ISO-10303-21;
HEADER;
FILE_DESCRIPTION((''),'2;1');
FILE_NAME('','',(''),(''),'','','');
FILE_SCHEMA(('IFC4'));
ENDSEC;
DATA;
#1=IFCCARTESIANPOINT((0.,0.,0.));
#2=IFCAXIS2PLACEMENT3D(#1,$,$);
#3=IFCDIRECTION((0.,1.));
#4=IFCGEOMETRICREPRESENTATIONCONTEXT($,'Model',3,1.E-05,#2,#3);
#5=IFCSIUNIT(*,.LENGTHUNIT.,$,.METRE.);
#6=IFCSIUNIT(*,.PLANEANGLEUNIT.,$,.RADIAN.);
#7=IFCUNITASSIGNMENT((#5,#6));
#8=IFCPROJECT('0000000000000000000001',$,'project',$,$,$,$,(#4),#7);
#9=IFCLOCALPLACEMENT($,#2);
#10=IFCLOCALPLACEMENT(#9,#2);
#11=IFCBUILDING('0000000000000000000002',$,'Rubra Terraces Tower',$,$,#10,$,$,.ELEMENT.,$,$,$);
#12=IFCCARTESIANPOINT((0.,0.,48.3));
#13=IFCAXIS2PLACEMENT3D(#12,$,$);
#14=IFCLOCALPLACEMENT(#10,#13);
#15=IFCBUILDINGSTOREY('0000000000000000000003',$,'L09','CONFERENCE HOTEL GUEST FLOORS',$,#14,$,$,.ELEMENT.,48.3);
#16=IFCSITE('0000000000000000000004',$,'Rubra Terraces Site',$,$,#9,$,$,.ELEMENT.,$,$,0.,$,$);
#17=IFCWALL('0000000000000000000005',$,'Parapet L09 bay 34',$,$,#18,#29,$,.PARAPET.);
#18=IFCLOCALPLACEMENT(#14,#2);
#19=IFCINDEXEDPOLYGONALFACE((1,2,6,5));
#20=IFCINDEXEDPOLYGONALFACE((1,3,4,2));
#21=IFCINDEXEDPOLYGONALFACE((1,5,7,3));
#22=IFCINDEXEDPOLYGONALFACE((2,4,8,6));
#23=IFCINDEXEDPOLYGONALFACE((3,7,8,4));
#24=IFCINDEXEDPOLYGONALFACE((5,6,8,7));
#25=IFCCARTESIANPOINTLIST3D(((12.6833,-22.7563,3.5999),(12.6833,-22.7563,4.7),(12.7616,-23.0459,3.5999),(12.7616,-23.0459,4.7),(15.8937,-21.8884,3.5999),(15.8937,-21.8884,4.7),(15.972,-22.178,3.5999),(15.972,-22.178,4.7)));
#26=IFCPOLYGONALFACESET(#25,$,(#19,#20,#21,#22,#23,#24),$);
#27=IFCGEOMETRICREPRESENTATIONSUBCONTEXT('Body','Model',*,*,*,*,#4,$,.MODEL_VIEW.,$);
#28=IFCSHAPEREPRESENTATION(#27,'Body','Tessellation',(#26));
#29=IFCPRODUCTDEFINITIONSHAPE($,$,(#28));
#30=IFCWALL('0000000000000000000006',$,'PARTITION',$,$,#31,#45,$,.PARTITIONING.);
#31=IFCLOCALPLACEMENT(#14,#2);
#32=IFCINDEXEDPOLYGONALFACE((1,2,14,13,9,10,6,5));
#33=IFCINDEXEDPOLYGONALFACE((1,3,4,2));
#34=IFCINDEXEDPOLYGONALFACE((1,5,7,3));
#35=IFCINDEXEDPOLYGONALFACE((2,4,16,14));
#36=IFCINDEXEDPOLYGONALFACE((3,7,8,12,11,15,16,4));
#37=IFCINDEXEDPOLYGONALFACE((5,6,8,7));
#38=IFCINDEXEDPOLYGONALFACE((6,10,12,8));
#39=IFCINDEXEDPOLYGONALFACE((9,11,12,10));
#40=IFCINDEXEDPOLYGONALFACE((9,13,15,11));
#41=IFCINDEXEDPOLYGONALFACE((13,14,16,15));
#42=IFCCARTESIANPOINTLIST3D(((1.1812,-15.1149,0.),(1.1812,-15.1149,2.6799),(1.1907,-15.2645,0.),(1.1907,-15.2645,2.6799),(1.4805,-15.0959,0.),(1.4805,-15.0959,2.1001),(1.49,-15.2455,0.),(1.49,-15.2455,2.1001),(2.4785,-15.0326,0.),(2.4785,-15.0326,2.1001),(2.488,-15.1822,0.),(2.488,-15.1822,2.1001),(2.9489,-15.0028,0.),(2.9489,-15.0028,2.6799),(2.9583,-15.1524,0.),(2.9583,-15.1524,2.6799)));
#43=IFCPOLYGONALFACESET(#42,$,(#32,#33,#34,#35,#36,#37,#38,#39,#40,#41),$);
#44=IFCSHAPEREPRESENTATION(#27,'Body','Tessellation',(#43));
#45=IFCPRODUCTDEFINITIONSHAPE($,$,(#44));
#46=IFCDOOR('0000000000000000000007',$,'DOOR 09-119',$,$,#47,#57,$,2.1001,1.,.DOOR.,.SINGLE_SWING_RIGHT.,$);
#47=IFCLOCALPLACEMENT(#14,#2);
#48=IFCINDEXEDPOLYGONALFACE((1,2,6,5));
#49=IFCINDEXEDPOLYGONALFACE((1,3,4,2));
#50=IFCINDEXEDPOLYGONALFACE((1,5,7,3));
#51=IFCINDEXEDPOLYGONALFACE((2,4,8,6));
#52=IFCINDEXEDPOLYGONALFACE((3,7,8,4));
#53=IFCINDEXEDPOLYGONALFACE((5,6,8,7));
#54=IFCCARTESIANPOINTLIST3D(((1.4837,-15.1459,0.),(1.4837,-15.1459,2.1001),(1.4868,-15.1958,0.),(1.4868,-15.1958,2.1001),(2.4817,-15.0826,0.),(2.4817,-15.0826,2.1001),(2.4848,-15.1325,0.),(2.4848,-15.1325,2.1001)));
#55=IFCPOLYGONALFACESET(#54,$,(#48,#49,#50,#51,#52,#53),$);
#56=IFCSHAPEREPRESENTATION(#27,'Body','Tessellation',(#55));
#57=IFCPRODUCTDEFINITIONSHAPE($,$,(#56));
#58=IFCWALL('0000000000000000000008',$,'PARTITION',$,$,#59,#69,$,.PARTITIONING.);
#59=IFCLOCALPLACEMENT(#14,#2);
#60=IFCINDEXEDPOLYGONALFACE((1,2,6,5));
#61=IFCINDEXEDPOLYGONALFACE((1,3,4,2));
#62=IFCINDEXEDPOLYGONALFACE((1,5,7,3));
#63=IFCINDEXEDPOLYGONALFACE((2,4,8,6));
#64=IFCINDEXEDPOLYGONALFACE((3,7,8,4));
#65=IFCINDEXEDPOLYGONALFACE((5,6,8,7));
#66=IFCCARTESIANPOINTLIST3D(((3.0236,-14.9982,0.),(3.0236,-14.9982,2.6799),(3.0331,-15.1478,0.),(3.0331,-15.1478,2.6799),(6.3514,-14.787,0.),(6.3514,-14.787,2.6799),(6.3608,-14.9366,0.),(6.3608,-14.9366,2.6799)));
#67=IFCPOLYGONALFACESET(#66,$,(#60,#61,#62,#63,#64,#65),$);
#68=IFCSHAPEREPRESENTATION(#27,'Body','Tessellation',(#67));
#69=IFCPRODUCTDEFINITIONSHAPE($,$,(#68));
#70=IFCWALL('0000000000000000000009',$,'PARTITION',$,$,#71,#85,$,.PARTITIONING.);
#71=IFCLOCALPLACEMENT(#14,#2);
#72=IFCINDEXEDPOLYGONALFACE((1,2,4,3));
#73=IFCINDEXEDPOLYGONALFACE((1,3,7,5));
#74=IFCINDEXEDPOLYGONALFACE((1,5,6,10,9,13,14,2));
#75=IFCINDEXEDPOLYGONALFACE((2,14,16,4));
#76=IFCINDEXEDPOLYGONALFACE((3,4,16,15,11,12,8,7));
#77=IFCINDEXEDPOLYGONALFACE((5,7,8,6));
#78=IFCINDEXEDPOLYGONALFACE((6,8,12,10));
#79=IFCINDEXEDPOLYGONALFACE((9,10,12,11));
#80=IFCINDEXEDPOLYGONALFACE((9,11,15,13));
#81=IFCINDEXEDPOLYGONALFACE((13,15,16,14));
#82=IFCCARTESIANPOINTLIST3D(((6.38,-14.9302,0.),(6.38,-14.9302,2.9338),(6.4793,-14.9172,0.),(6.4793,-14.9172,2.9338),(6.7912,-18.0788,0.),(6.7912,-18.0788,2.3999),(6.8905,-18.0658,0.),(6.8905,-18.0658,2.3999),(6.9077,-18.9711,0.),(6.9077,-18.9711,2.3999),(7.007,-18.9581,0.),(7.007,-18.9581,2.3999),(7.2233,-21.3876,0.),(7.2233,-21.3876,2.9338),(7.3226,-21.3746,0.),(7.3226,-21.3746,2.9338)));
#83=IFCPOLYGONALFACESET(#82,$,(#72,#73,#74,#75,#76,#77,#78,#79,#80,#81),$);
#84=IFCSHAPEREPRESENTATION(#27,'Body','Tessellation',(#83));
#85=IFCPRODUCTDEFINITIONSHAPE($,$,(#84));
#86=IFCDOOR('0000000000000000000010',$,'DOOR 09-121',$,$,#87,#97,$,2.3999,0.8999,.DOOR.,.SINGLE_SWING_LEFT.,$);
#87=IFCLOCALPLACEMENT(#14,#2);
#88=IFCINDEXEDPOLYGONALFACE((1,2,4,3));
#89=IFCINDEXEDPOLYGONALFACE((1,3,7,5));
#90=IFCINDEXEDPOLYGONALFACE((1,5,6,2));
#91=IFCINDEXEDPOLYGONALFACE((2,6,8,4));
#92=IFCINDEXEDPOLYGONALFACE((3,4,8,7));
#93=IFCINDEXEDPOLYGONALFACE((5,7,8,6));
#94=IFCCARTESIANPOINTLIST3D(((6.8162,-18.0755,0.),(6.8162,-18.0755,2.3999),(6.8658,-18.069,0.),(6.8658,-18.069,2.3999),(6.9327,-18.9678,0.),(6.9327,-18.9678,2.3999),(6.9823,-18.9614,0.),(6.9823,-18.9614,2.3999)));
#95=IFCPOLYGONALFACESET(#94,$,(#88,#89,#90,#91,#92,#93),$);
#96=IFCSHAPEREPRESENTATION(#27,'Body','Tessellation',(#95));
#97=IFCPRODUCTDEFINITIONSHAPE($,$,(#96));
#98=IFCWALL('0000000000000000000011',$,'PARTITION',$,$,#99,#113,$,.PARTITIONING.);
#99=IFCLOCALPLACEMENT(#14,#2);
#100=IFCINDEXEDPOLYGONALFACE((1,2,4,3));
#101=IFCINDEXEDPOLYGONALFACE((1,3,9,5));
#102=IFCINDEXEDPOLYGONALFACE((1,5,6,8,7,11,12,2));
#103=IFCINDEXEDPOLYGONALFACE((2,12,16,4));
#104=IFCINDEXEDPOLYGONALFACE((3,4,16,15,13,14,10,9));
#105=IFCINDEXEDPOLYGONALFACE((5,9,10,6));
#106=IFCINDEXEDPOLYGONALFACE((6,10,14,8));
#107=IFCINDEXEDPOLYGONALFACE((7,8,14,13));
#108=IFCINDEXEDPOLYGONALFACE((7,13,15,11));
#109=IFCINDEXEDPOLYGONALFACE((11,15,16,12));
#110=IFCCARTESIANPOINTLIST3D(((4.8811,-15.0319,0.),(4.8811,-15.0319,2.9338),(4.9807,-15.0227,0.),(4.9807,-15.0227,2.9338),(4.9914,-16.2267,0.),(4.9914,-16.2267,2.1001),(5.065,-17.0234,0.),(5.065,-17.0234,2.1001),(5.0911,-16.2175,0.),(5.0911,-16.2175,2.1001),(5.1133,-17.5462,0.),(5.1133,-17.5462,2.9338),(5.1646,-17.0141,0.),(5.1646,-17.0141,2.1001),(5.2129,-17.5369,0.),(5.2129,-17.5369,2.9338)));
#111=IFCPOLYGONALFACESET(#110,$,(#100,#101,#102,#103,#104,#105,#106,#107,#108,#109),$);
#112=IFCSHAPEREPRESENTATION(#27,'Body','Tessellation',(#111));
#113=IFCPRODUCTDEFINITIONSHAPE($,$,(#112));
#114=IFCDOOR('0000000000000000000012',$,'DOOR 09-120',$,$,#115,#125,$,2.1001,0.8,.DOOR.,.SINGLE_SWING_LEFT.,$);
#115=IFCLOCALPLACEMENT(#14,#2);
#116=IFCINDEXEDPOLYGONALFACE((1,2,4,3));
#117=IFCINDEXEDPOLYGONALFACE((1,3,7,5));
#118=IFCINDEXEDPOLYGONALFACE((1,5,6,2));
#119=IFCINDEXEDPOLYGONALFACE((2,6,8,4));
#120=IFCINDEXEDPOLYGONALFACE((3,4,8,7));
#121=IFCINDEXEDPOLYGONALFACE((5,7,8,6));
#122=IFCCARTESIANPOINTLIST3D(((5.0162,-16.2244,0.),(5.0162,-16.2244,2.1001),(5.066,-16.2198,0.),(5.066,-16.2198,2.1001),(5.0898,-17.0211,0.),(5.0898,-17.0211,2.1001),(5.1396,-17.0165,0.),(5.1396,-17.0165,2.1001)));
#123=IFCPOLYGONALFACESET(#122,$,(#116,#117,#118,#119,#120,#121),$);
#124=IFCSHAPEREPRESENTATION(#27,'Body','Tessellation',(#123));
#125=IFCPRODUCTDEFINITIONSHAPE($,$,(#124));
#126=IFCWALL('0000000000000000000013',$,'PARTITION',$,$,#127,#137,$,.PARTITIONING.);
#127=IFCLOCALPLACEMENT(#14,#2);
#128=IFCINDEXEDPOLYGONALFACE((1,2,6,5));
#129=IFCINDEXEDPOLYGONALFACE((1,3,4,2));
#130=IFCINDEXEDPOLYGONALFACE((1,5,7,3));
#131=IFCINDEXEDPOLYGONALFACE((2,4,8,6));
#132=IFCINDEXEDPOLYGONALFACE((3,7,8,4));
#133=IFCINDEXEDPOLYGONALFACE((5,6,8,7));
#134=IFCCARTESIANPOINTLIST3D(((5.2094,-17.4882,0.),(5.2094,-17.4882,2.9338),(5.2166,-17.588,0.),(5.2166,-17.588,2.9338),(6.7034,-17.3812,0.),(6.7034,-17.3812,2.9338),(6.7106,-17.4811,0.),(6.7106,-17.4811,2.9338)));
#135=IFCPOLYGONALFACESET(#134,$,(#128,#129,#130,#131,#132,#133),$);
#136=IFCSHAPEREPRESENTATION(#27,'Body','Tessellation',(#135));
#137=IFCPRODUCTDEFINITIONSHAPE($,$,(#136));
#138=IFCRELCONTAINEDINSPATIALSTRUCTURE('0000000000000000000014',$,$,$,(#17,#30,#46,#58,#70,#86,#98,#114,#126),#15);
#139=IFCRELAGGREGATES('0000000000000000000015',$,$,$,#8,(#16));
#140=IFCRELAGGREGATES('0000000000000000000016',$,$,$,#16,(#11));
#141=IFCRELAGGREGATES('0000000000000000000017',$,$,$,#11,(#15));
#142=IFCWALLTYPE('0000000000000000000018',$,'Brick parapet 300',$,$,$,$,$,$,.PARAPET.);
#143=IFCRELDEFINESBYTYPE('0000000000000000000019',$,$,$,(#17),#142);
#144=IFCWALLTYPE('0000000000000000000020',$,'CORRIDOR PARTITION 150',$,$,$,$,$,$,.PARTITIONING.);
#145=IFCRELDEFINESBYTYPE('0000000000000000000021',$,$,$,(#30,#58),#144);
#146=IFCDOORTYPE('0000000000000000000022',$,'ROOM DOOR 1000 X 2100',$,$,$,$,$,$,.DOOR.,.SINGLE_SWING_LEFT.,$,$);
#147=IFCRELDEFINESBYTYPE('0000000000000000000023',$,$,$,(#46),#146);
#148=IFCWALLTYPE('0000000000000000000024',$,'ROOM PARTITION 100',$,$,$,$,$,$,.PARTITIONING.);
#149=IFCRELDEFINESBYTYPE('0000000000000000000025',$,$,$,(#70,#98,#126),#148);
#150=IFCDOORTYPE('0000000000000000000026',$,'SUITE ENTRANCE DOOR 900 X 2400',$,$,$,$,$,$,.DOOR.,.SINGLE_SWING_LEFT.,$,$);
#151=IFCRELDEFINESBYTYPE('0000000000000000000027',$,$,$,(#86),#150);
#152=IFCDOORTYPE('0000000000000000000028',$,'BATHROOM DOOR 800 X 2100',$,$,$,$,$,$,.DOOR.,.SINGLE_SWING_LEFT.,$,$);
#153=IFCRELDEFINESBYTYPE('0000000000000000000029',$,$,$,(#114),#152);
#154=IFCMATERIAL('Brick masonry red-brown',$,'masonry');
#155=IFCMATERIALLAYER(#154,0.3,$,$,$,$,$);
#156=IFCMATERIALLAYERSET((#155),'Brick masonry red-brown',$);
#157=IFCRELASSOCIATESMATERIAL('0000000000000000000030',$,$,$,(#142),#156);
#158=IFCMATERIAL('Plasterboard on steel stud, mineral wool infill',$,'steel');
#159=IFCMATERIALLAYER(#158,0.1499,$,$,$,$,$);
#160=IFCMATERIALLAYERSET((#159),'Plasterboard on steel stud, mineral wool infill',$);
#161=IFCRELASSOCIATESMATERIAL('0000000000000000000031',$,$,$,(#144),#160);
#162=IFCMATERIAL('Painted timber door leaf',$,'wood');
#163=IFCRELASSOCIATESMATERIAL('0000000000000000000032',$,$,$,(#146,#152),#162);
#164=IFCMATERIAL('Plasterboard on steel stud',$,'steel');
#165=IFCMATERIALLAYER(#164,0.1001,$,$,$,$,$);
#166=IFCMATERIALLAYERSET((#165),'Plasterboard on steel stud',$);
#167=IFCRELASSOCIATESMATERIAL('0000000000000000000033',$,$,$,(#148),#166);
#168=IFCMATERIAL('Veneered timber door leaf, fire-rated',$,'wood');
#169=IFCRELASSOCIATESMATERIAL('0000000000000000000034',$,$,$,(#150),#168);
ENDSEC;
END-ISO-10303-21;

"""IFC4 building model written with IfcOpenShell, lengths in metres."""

from ifc_helpers import new_model, si_unit, direction, frame, frame_2d, origin, place, context, subcontext, project, spatial, rectangle, extrude, material, layer, layer_set, type_object, element, fill, save


model = new_model("IFC4")

# Units and contexts
model_context = context("Model", 3, precision=1e-05, world=origin(), true_north=direction((0.0, 1.0)))
body_context = subcontext(model_context, "Body", "Model", "MODEL_VIEW")
ifc_project = project(units=[si_unit("LENGTHUNIT", "METRE"), si_unit("PLANEANGLEUNIT", "RADIAN")], contexts=[model_context])

# Site, building, storey
site_placement = place(None, origin())
site = spatial("IfcSite", under=ifc_project, at=site_placement, Name="Rubra Terraces Site", CompositionType="ELEMENT", RefElevation=0.0)
building_placement = place(site_placement, origin())
building = spatial("IfcBuilding", under=site, at=building_placement, Name="Rubra Terraces Tower", CompositionType="ELEMENT")
storey_placement = place(building_placement, frame((0.0, 0.0, 48.3)))
storey = spatial("IfcBuildingStorey", under=building, at=storey_placement, Name="L09", Description="CONFERENCE HOTEL GUEST FLOORS", CompositionType="ELEMENT", Elevation=48.3)

# Shared definitions
ifc_material_1 = material(Name="Brick masonry red-brown", Category="masonry")

# Wall
ifc_layer_1 = layer(ifc_material_1, 0.3)
ifc_layer_set_1 = layer_set([ifc_layer_1], Name="Brick masonry red-brown")
wall_type_1 = type_object("IfcWallType", Name="Brick parapet 300", PredefinedType="PARAPET", material=ifc_layer_set_1)
wall_1_placement = place(storey_placement, frame((12.7224, -22.9011, 3.5999), z_axis=(0.0, 0.0, 1.0), x_axis=(0.965346, 0.260974, 0.0)))
element("IfcWall", 1, at=wall_1_placement, inside=storey, type_object=wall_type_1, Name="Parapet L09 bay 34", PredefinedType="PARAPET", context=body_context, shape_type="SweptSolid", body=[
    extrude(rectangle(XDim=3.3257, YDim=0.3, at=frame_2d((1.6628, 0.0))), origin(), (0.0, 0.0, 1.0), 1.1001),
])

# Wall, opening, door
ifc_material_2 = material(Name="Plasterboard on steel stud, mineral wool infill", Category="steel")
ifc_layer_2 = layer(ifc_material_2, 0.1499)
ifc_layer_set_2 = layer_set([ifc_layer_2], Name="Plasterboard on steel stud, mineral wool infill")
wall_type_2 = type_object("IfcWallType", Name="CORRIDOR PARTITION 150", PredefinedType="PARTITIONING", material=ifc_layer_set_2)
wall_2_placement = place(storey_placement, frame((1.1858, -15.1897, 0.0), z_axis=(0.0, 0.0, 1.0), x_axis=(0.997996, 0.063271, 0.0)))
wall_2 = element("IfcWall", 2, at=wall_2_placement, inside=storey, type_object=wall_type_2, Name="PARTITION", PredefinedType="PARTITIONING", context=body_context, shape_type="SweptSolid", body=[
    extrude(rectangle(XDim=1.7712, YDim=0.1499, at=frame_2d((0.8857, 0.0))), origin(), (0.0, 0.0, 1.0), 2.6799),
])
opening_1_placement = place(wall_2_placement, frame((0.3, 0.0, 0.0)))
opening_1 = element("IfcOpeningElement", 3, at=opening_1_placement, cuts=wall_2, PredefinedType="OPENING", context=body_context, shape_type="SweptSolid", body=[
    extrude(rectangle(XDim=1.0, YDim=2.1001, at=frame_2d((0.5, 1.05))), frame((0.0, 0.085, 0.0), z_axis=(0.0, -1.0, 0.0), x_axis=(1.0, 0.0, 0.0)), (0.0, 0.0, 1.0), 0.1699),
])
ifc_material_3 = material(Name="Painted timber door leaf", Category="wood")
door_type_1 = type_object("IfcDoorType", Name="ROOM DOOR 1000 X 2100", OperationType="SINGLE_SWING_LEFT", PredefinedType="DOOR", material=ifc_material_3)
door_1_placement = place(opening_1_placement, origin())
door_1 = element("IfcDoor", 4, at=door_1_placement, inside=storey, type_object=door_type_1, Name="DOOR 09-119", OperationType="SINGLE_SWING_RIGHT", OverallHeight=2.1001, OverallWidth=1.0, PredefinedType="DOOR", context=body_context, shape_type="SweptSolid", body=[
    extrude(rectangle(XDim=1.0, YDim=2.1001, at=frame_2d((0.5, 1.05))), frame((0.0, 0.0249, 0.0), z_axis=(0.0, -1.0, 0.0), x_axis=(1.0, 0.0, 0.0)), (0.0, 0.0, 1.0), 0.05),
])
fill(opening_1, door_1)

# Wall
wall_3_placement = place(storey_placement, frame((3.0283, -15.073, 0.0), z_axis=(0.0, 0.0, 1.0), x_axis=(0.997993, 0.063331, 0.0)))
element("IfcWall", 5, at=wall_3_placement, inside=storey, type_object=wall_type_2, Name="PARTITION", PredefinedType="PARTITIONING", context=body_context, shape_type="SweptSolid", body=[
    extrude(rectangle(XDim=3.3345, YDim=0.1499, at=frame_2d((1.6672, 0.0))), origin(), (0.0, 0.0, 1.0), 2.6799),
])

# Walls, openings, doors
ifc_material_4 = material(Name="Plasterboard on steel stud", Category="steel")
ifc_layer_3 = layer(ifc_material_4, 0.1001)
ifc_layer_set_3 = layer_set([ifc_layer_3], Name="Plasterboard on steel stud")
wall_type_3 = type_object("IfcWallType", Name="ROOM PARTITION 100", PredefinedType="PARTITIONING", material=ifc_layer_set_3)
wall_4_placement = place(storey_placement, frame((7.2729, -21.3811, 0.0), z_axis=(0.0, 0.0, 1.0), x_axis=(-0.129491, 0.991581, 0.0)))
wall_4 = element("IfcWall", 6, at=wall_4_placement, inside=storey, type_object=wall_type_3, Name="PARTITION", PredefinedType="PARTITIONING", context=body_context, shape_type="SweptSolid", body=[
    extrude(rectangle(XDim=6.5122, YDim=0.1001, at=frame_2d((3.2561, 0.0))), origin(), (0.0, 0.0, 1.0), 2.9338),
])
opening_2_placement = place(wall_4_placement, frame((2.437, 0.0, 0.0)))
opening_2 = element("IfcOpeningElement", 7, at=opening_2_placement, cuts=wall_4, PredefinedType="OPENING", context=body_context, shape_type="SweptSolid", body=[
    extrude(rectangle(XDim=0.8999, YDim=2.3999, at=frame_2d((0.45, 1.2))), frame((0.0, 0.0601, 0.0), z_axis=(0.0, -1.0, 0.0), x_axis=(1.0, 0.0, 0.0)), (0.0, 0.0, 1.0), 0.1201),
])
ifc_material_5 = material(Name="Veneered timber door leaf, fire-rated", Category="wood")
door_type_2 = type_object("IfcDoorType", Name="SUITE ENTRANCE DOOR 900 X 2400", OperationType="SINGLE_SWING_LEFT", PredefinedType="DOOR", material=ifc_material_5)
door_2_placement = place(opening_2_placement, origin())
door_2 = element("IfcDoor", 8, at=door_2_placement, inside=storey, type_object=door_type_2, Name="DOOR 09-121", OperationType="SINGLE_SWING_LEFT", OverallHeight=2.3999, OverallWidth=0.8999, PredefinedType="DOOR", context=body_context, shape_type="SweptSolid", body=[
    extrude(rectangle(XDim=0.8999, YDim=2.3999, at=frame_2d((0.45, 1.2))), frame((0.0, 0.0249, 0.0), z_axis=(0.0, -1.0, 0.0), x_axis=(1.0, 0.0, 0.0)), (0.0, 0.0, 1.0), 0.05),
])
fill(opening_2, door_2)
wall_5_placement = place(storey_placement, frame((4.9309, -15.0273, 0.0), z_axis=(0.0, 0.0, 1.0), x_axis=(0.091957, -0.995763, 0.0)))
wall_5 = element("IfcWall", 9, at=wall_5_placement, inside=storey, type_object=wall_type_3, Name="PARTITION", PredefinedType="PARTITIONING", context=body_context, shape_type="SweptSolid", body=[
    extrude(rectangle(XDim=2.5249, YDim=0.1001, at=frame_2d((1.2625, 0.0))), origin(), (0.0, 0.0, 1.0), 2.9338),
])
opening_3_placement = place(wall_5_placement, frame((1.2, 0.0, 0.0)))
opening_3 = element("IfcOpeningElement", 10, at=opening_3_placement, cuts=wall_5, PredefinedType="OPENING", context=body_context, shape_type="SweptSolid", body=[
    extrude(rectangle(XDim=0.8, YDim=2.1001, at=frame_2d((0.3999, 1.05))), frame((0.0, 0.0601, 0.0), z_axis=(0.0, -1.0, 0.0), x_axis=(1.0, 0.0, 0.0)), (0.0, 0.0, 1.0), 0.1201),
])
door_type_3 = type_object("IfcDoorType", Name="BATHROOM DOOR 800 X 2100", OperationType="SINGLE_SWING_LEFT", PredefinedType="DOOR", material=ifc_material_3)
door_3_placement = place(opening_3_placement, origin())
door_3 = element("IfcDoor", 11, at=door_3_placement, inside=storey, type_object=door_type_3, Name="DOOR 09-120", OperationType="SINGLE_SWING_LEFT", OverallHeight=2.1001, OverallWidth=0.8, PredefinedType="DOOR", context=body_context, shape_type="SweptSolid", body=[
    extrude(rectangle(XDim=0.8, YDim=2.1001, at=frame_2d((0.3999, 1.05))), frame((0.0, 0.0249, 0.0), z_axis=(0.0, -1.0, 0.0), x_axis=(1.0, 0.0, 0.0)), (0.0, 0.0, 1.0), 0.05),
])
fill(opening_3, door_3)

# Wall
wall_6_placement = place(storey_placement, frame((5.2129, -17.5381, 0.0), z_axis=(0.0, 0.0, 1.0), x_axis=(0.997448, 0.071398, 0.0)))
element("IfcWall", 12, at=wall_6_placement, inside=storey, type_object=wall_type_3, Name="PARTITION", PredefinedType="PARTITIONING", context=body_context, shape_type="SweptSolid", body=[
    extrude(rectangle(XDim=1.4978, YDim=0.1001, at=frame_2d((0.749, 0.0))), origin(), (0.0, 0.0, 1.0), 2.9338),
])

save(model, "model.ifc")
